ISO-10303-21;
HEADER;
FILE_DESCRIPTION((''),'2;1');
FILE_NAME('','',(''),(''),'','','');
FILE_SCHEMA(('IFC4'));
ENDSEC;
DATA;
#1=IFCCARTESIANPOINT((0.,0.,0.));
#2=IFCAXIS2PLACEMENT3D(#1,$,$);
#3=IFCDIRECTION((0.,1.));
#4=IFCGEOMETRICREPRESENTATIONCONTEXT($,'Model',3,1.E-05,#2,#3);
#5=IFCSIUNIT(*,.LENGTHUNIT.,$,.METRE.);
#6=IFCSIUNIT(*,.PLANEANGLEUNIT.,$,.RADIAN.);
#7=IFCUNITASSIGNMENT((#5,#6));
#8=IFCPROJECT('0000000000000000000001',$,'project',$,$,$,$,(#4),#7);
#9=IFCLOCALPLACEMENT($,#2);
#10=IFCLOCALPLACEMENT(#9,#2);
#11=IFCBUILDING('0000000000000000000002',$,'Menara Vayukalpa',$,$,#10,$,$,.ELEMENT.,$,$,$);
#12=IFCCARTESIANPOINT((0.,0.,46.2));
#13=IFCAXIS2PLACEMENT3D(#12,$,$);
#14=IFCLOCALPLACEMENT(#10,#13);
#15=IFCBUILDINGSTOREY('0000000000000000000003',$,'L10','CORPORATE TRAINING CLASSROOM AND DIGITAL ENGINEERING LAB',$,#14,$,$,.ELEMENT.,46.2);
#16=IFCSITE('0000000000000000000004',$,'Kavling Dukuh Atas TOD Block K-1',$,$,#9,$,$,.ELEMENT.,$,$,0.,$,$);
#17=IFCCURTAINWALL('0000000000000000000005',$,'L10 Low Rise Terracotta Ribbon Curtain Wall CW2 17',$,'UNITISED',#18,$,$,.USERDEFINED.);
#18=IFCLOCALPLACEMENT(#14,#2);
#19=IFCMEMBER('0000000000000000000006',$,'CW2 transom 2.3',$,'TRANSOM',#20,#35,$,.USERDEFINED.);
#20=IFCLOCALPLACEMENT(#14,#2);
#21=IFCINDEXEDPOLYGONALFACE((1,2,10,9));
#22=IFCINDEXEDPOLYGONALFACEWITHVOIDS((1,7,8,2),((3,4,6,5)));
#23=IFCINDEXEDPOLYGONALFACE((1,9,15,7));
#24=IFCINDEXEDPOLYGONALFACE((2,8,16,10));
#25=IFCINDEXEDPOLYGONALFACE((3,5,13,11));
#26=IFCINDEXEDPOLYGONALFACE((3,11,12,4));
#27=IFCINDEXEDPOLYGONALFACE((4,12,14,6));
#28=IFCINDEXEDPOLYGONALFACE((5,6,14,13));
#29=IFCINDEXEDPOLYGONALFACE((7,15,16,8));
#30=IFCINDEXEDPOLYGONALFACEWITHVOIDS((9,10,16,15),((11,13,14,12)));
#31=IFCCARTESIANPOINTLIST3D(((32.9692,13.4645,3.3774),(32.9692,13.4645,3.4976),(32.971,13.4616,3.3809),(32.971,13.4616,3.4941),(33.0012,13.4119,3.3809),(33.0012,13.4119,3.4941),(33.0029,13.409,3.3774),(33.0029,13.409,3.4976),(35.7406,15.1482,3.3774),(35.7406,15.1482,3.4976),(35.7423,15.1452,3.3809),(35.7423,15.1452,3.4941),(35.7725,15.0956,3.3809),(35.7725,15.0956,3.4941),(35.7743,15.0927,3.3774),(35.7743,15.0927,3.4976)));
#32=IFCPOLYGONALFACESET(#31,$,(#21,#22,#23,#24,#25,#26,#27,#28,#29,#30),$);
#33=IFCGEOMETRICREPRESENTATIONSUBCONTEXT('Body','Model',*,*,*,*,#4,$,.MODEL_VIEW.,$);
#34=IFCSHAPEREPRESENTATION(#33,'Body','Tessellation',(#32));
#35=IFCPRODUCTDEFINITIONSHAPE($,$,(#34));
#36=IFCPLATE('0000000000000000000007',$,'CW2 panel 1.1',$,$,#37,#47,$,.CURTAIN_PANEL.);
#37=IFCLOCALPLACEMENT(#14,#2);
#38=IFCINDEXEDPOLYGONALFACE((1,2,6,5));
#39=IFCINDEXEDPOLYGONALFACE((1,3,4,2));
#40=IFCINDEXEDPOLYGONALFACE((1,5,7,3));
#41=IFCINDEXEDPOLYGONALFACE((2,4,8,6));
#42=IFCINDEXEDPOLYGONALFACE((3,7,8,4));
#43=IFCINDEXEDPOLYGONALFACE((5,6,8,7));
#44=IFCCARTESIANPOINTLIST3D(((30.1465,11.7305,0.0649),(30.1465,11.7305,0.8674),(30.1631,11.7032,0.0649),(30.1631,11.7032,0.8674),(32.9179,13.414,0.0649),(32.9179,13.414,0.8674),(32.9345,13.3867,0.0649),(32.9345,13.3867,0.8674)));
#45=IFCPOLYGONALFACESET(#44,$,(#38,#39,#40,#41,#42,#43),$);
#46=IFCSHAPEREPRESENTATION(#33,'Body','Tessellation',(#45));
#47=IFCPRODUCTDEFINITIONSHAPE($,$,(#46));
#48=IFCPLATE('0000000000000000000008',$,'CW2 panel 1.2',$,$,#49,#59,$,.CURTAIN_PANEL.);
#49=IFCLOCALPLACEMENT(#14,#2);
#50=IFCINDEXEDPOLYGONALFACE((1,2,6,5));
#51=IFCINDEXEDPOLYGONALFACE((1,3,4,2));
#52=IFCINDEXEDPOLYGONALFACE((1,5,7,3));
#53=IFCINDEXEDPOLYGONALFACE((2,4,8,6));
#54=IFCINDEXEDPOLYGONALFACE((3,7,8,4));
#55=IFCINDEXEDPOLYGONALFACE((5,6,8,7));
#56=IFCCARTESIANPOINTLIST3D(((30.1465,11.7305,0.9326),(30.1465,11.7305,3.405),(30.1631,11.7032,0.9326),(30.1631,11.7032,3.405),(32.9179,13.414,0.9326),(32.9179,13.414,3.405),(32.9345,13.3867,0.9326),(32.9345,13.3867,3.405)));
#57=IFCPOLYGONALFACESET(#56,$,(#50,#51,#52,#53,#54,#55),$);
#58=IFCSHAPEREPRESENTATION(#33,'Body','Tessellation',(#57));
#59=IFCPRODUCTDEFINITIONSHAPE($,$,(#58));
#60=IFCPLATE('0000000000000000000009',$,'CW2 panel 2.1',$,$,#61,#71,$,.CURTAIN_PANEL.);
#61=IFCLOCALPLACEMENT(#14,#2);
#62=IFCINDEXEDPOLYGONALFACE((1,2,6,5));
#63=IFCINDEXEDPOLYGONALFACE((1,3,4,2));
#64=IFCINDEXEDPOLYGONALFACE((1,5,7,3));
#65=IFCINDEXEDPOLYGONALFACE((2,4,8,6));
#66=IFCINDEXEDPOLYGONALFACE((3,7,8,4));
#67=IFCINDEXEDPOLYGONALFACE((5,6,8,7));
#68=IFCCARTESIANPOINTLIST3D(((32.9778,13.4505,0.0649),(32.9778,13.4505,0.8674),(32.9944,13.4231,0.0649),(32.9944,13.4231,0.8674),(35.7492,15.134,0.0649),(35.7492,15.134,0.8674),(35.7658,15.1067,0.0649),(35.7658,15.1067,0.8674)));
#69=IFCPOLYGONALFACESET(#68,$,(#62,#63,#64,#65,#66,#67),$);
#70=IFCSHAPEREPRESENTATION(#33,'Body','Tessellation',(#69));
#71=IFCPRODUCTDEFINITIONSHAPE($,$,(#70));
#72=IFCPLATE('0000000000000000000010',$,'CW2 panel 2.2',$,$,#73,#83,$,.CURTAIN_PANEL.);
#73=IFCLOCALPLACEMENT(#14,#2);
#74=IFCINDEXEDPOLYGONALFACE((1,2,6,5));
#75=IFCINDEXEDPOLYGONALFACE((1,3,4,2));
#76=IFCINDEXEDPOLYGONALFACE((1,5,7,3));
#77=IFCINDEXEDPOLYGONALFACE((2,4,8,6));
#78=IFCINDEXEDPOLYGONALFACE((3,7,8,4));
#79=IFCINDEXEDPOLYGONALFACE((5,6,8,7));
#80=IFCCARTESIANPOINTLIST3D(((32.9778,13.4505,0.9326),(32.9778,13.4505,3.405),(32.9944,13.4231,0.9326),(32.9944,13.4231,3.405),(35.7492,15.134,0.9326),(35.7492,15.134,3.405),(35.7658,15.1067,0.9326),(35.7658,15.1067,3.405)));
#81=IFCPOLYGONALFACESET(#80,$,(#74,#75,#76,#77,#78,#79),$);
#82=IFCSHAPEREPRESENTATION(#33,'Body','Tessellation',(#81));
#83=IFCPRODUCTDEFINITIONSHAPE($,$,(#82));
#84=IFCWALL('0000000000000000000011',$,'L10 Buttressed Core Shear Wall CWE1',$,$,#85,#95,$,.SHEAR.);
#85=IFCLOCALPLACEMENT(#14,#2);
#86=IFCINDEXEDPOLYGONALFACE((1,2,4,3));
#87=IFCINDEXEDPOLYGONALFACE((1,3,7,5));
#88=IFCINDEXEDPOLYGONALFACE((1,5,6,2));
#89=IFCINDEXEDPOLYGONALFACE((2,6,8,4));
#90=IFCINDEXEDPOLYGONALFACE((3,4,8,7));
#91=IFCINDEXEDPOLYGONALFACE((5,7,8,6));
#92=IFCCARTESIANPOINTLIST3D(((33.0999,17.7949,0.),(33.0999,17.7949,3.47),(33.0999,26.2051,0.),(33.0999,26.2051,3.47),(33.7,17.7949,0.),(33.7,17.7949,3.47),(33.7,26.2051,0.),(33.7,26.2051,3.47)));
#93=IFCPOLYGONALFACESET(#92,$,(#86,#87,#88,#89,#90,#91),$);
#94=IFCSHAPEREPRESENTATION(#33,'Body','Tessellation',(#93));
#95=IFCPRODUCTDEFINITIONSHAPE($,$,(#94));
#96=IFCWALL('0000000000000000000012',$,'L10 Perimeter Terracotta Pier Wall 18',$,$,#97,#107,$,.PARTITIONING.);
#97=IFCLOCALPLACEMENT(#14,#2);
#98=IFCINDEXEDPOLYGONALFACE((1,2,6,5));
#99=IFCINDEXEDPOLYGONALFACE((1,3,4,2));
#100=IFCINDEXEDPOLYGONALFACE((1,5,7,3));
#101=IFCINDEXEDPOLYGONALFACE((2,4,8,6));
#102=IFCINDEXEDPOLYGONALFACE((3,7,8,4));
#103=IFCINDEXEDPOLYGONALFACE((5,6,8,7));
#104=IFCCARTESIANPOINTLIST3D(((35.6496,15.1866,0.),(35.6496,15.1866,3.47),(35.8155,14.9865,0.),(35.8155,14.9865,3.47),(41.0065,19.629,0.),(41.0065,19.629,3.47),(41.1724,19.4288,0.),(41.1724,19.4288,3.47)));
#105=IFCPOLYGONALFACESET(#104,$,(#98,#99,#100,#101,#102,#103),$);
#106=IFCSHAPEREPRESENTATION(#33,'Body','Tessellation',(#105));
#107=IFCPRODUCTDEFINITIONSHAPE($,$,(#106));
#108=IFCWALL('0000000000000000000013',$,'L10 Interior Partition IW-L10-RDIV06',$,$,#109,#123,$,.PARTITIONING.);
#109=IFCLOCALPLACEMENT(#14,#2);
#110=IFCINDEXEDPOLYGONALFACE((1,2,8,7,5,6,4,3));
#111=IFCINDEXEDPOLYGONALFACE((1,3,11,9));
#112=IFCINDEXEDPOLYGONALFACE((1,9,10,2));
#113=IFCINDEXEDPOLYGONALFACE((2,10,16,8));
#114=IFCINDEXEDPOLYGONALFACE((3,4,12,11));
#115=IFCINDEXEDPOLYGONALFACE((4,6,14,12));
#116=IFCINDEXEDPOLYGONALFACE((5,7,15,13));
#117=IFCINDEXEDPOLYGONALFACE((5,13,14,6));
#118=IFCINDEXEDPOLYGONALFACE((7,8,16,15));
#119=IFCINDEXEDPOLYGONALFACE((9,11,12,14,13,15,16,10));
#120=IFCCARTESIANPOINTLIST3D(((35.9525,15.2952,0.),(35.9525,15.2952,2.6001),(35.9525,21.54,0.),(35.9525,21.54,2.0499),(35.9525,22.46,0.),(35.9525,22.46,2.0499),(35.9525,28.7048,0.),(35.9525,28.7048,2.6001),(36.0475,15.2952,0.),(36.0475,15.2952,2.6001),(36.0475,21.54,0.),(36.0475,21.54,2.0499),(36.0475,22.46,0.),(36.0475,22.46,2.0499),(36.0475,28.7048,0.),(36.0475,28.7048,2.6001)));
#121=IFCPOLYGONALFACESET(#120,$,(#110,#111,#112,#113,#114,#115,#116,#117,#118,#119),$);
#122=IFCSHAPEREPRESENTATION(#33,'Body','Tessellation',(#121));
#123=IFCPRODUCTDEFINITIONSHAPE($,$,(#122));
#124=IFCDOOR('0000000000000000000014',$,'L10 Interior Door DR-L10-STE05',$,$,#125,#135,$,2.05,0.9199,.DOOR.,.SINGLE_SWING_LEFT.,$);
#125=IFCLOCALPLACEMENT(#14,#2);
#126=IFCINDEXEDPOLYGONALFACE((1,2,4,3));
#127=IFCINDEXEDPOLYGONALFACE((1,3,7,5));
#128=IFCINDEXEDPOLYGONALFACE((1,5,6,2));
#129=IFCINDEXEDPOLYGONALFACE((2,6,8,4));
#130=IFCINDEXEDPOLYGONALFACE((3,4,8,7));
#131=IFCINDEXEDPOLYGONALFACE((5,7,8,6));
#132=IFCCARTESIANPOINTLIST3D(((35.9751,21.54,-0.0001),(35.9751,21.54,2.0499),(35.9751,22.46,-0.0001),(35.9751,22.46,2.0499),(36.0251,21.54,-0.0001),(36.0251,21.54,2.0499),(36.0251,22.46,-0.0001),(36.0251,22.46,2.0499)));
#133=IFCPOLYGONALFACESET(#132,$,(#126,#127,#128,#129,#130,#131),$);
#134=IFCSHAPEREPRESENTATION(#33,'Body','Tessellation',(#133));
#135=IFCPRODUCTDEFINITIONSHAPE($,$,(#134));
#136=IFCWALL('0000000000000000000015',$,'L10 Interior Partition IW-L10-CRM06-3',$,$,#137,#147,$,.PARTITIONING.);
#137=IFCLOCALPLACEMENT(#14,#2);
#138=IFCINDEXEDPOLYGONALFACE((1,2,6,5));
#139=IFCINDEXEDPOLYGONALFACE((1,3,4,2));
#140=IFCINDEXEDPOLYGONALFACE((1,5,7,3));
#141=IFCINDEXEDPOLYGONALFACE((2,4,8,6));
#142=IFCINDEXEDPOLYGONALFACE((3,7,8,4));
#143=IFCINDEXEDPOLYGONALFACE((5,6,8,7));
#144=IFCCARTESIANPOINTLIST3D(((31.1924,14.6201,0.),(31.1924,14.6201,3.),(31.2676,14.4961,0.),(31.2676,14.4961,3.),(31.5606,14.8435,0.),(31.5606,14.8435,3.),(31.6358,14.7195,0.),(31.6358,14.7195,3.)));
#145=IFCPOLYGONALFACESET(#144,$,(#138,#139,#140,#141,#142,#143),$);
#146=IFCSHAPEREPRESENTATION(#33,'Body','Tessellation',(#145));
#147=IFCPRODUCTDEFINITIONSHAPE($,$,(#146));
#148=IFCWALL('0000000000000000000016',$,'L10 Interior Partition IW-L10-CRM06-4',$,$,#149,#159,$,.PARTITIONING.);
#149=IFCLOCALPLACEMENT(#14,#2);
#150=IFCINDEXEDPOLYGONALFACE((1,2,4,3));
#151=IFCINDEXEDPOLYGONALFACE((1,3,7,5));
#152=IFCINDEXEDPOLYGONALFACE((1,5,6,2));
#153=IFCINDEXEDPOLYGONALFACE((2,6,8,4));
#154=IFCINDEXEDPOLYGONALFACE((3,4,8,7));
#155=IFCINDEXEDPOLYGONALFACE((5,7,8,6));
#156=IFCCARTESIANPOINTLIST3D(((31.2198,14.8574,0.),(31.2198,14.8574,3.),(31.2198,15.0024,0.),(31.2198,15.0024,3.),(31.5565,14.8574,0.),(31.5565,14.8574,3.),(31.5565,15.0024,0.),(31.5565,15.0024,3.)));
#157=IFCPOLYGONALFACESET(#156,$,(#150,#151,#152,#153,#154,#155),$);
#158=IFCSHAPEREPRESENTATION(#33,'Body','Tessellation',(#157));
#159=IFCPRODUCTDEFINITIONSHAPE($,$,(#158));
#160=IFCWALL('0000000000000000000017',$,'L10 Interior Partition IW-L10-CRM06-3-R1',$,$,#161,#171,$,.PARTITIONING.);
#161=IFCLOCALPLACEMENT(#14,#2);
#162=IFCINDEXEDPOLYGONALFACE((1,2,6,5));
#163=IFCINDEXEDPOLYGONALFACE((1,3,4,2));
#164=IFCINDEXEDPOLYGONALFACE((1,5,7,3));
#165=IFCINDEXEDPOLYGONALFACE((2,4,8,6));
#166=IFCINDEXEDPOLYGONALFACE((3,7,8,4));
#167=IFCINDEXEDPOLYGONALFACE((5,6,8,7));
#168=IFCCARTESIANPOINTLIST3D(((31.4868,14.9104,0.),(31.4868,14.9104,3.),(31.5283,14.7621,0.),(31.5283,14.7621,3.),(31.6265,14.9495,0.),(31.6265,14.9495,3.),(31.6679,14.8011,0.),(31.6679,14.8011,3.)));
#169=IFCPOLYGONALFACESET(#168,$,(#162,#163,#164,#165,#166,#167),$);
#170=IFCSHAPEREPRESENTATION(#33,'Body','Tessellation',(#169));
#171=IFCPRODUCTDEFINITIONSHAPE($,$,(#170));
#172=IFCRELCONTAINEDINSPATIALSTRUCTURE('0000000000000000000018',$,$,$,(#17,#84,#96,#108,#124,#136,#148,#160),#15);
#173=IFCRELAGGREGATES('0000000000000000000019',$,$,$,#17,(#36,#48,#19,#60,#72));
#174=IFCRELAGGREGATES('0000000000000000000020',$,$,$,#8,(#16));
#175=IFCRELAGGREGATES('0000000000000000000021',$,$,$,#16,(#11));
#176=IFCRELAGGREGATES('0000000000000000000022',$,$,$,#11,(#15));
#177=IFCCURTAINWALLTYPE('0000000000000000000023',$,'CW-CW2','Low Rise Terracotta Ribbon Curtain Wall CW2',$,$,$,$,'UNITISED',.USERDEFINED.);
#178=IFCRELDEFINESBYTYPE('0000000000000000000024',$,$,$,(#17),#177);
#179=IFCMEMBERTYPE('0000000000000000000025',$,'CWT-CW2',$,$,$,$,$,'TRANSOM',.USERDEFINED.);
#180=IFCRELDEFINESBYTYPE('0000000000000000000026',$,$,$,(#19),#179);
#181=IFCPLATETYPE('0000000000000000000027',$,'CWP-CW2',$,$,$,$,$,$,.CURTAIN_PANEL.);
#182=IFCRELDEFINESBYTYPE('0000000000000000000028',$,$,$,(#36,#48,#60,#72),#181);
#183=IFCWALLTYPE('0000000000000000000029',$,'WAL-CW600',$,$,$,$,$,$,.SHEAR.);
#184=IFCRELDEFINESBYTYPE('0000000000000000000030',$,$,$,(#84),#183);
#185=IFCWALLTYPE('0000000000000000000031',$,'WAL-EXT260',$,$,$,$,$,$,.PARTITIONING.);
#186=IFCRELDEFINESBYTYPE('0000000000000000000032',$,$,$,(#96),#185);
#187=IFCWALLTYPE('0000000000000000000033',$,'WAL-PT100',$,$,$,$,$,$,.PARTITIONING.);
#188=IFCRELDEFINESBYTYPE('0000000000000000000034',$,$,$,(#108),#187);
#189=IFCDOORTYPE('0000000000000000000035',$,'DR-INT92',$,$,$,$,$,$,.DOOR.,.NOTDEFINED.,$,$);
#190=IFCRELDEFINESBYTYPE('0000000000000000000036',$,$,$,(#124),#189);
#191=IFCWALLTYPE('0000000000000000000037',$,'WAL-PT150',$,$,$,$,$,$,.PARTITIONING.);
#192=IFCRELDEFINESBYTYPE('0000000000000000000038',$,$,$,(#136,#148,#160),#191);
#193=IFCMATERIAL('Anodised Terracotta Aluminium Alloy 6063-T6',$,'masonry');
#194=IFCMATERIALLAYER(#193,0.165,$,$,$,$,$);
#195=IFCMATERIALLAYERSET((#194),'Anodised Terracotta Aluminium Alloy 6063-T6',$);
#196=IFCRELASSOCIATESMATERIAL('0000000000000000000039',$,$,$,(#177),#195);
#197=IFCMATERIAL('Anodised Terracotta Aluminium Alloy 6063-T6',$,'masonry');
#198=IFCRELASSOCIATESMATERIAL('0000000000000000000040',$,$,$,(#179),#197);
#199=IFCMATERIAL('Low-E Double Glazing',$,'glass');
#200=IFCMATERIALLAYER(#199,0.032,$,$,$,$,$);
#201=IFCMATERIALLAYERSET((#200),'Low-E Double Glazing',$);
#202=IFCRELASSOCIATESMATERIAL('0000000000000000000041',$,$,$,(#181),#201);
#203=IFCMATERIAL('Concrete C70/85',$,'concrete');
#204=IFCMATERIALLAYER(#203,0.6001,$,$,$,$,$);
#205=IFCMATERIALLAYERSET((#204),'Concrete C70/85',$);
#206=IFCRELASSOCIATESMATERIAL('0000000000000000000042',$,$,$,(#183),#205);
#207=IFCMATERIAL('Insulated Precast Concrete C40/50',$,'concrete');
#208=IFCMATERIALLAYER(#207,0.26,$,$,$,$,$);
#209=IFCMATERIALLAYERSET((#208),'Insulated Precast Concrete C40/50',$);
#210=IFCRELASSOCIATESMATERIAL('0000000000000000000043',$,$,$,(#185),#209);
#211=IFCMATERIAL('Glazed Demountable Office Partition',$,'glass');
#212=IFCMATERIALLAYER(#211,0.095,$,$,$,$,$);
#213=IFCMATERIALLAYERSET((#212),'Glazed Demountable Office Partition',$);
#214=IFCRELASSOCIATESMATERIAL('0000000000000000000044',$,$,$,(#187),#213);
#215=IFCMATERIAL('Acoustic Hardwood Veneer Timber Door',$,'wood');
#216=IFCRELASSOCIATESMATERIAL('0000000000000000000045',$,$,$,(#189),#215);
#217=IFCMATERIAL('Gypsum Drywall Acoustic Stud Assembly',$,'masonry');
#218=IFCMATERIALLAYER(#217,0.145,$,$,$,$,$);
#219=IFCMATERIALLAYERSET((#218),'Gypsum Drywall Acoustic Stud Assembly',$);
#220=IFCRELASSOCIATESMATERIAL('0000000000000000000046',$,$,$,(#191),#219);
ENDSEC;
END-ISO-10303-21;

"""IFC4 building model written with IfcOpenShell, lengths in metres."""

from ifc_helpers import new_model, si_unit, direction, frame, frame_2d, origin, origin_2d, place, context, subcontext, project, spatial, rectangle, hollow_rectangle, extrude, material, layer, layer_set, material_profile, profile_set, type_object, element, fill, aggregate, save


model = new_model("IFC4")

# Units and contexts
model_context = context("Model", 3, precision=1e-05, world=origin(), true_north=direction((0.0, 1.0)))
body_context = subcontext(model_context, "Body", "Model", "MODEL_VIEW")
ifc_project = project(units=[si_unit("LENGTHUNIT", "METRE"), si_unit("PLANEANGLEUNIT", "RADIAN")], contexts=[model_context])

# Site, building, storey
site_placement = place(None, origin())
site = spatial("IfcSite", under=ifc_project, at=site_placement, Name="Kavling Dukuh Atas TOD Block K-1", CompositionType="ELEMENT", RefElevation=0.0)
building_placement = place(site_placement, origin())
building = spatial("IfcBuilding", under=site, at=building_placement, Name="Menara Vayukalpa", CompositionType="ELEMENT")
storey_placement = place(building_placement, frame((0.0, 0.0, 46.2)))
storey = spatial("IfcBuildingStorey", under=building, at=storey_placement, Name="L10", Description="CORPORATE TRAINING CLASSROOM AND DIGITAL ENGINEERING LAB", CompositionType="ELEMENT", Elevation=46.2)

# Curtain wall, member, plates
ifc_material_1 = material(Name="Anodised Terracotta Aluminium Alloy 6063-T6", Category="masonry")
ifc_layer_1 = layer(ifc_material_1, 0.165)
ifc_layer_set_1 = layer_set([ifc_layer_1], Name="Anodised Terracotta Aluminium Alloy 6063-T6")
curtain_wall_type = type_object("IfcCurtainWallType", Name="CW-CW2", Description="Low Rise Terracotta Ribbon Curtain Wall CW2", ElementType="UNITISED", PredefinedType="USERDEFINED", material=ifc_layer_set_1)
curtain_wall_placement = place(storey_placement, origin())
curtain_wall = element("IfcCurtainWall", 1, at=curtain_wall_placement, inside=storey, type_object=curtain_wall_type, Name="L10 Low Rise Terracotta Ribbon Curtain Wall CW2 17", ObjectType="UNITISED", PredefinedType="USERDEFINED")
ifc_material_2 = material(Name="Anodised Terracotta Aluminium Alloy 6063-T6", Category="masonry")
ifc_material_profile_1 = material_profile(ifc_material_2, hollow_rectangle(XDim=0.0649, YDim=0.1201, WallThickness=0.0034, at=origin_2d()), Name="ALU 65x120x3.5")
ifc_profile_set_1 = profile_set([ifc_material_profile_1], Name="Anodised Terracotta Aluminium Alloy 6063-T6")
member_type_1 = type_object("IfcMemberType", Name="CWT-CW2", ElementType="TRANSOM", PredefinedType="USERDEFINED", material=ifc_profile_set_1)
member_1_placement = place(storey_placement, frame((32.9861, 13.4368, 3.4375), z_axis=(0.854643, 0.519216, 0.0), x_axis=(-0.519216, 0.854643, 0.0)))
member_1 = element("IfcMember", 2, at=member_1_placement, type_object=member_type_1, Name="CW2 transom 2.3", ObjectType="TRANSOM", PredefinedType="USERDEFINED", context=body_context, shape_type="SweptSolid", body=[
    extrude(hollow_rectangle(XDim=0.0649, YDim=0.1201, WallThickness=0.0034, at=origin_2d()), origin(), (0.0, 0.0, 1.0), 3.2427),
])
ifc_material_3 = material(Name="Low-E Double Glazing", Category="glass")
ifc_layer_2 = layer(ifc_material_3, 0.032)
ifc_layer_set_2 = layer_set([ifc_layer_2], Name="Low-E Double Glazing")
plate_type = type_object("IfcPlateType", Name="CWP-CW2", PredefinedType="CURTAIN_PANEL", material=ifc_layer_set_2)
plate_1_placement = place(storey_placement, frame((31.5405, 12.5586, 0.0649), z_axis=(0.0, 0.0, 1.0), x_axis=(0.854664, 0.519182, 0.0)))
plate_1 = element("IfcPlate", 3, at=plate_1_placement, type_object=plate_type, Name="CW2 panel 1.1", PredefinedType="CURTAIN_PANEL", context=body_context, shape_type="SweptSolid", body=[
    extrude(rectangle(XDim=3.2427, YDim=0.032, at=origin_2d()), origin(), (0.0, 0.0, 1.0), 0.8025),
])
plate_2_placement = place(storey_placement, frame((31.5405, 12.5586, 0.9326), z_axis=(0.0, 0.0, 1.0), x_axis=(0.854664, 0.519182, 0.0)))
plate_2 = element("IfcPlate", 4, at=plate_2_placement, type_object=plate_type, Name="CW2 panel 1.2", PredefinedType="CURTAIN_PANEL", context=body_context, shape_type="SweptSolid", body=[
    extrude(rectangle(XDim=3.2427, YDim=0.032, at=origin_2d()), origin(), (0.0, 0.0, 1.0), 2.4724),
])
plate_3_placement = place(storey_placement, frame((34.3718, 14.2786, 0.0649), z_axis=(0.0, 0.0, 1.0), x_axis=(0.854664, 0.519182, 0.0)))
plate_3 = element("IfcPlate", 5, at=plate_3_placement, type_object=plate_type, Name="CW2 panel 2.1", PredefinedType="CURTAIN_PANEL", context=body_context, shape_type="SweptSolid", body=[
    extrude(rectangle(XDim=3.2427, YDim=0.032, at=origin_2d()), origin(), (0.0, 0.0, 1.0), 0.8025),
])
plate_4_placement = place(storey_placement, frame((34.3718, 14.2786, 0.9326), z_axis=(0.0, 0.0, 1.0), x_axis=(0.854664, 0.519182, 0.0)))
plate_4 = element("IfcPlate", 6, at=plate_4_placement, type_object=plate_type, Name="CW2 panel 2.2", PredefinedType="CURTAIN_PANEL", context=body_context, shape_type="SweptSolid", body=[
    extrude(rectangle(XDim=3.2427, YDim=0.032, at=origin_2d()), origin(), (0.0, 0.0, 1.0), 2.4724),
])
aggregate(curtain_wall, [plate_1, plate_2, member_1, plate_3, plate_4])

# Walls
ifc_material_4 = material(Name="Concrete C70/85", Category="concrete")
ifc_layer_3 = layer(ifc_material_4, 0.6001)
ifc_layer_set_3 = layer_set([ifc_layer_3], Name="Concrete C70/85")
wall_type_1 = type_object("IfcWallType", Name="WAL-CW600", PredefinedType="SHEAR", material=ifc_layer_set_3)
wall_1_placement = place(storey_placement, frame((33.3999, 17.7949, 0.0), z_axis=(0.0, 0.0, 1.0), x_axis=(0.0, 1.0, 0.0)))
element("IfcWall", 7, at=wall_1_placement, inside=storey, type_object=wall_type_1, Name="L10 Buttressed Core Shear Wall CWE1", PredefinedType="SHEAR", context=body_context, shape_type="SweptSolid", body=[
    extrude(rectangle(XDim=8.4102, YDim=0.6001, at=frame_2d((4.2051, 0.0))), origin(), (0.0, 0.0, 1.0), 3.47),
])
ifc_material_5 = material(Name="Insulated Precast Concrete C40/50", Category="concrete")
ifc_layer_4 = layer(ifc_material_5, 0.26)
ifc_layer_set_4 = layer_set([ifc_layer_4], Name="Insulated Precast Concrete C40/50")
wall_type_2 = type_object("IfcWallType", Name="WAL-EXT260", PredefinedType="PARTITIONING", material=ifc_layer_set_4)
wall_2_placement = place(storey_placement, frame((41.0894, 19.5288, 0.0), z_axis=(0.0, 0.0, 1.0), x_axis=(-0.769755, -0.63834, 0.0)))
element("IfcWall", 8, at=wall_2_placement, inside=storey, type_object=wall_type_2, Name="L10 Perimeter Terracotta Pier Wall 18", PredefinedType="PARTITIONING", context=body_context, shape_type="SweptSolid", body=[
    extrude(rectangle(XDim=6.9592, YDim=0.26, at=frame_2d((3.4795, 0.0))), origin(), (0.0, 0.0, 1.0), 3.47),
])

# Wall, opening, door
ifc_material_6 = material(Name="Glazed Demountable Office Partition", Category="glass")
ifc_layer_5 = layer(ifc_material_6, 0.095)
ifc_layer_set_5 = layer_set([ifc_layer_5], Name="Glazed Demountable Office Partition")
wall_type_3 = type_object("IfcWallType", Name="WAL-PT100", PredefinedType="PARTITIONING", material=ifc_layer_set_5)
wall_3_placement = place(storey_placement, frame((36.0, 15.2952, 0.0), z_axis=(0.0, 0.0, 1.0), x_axis=(0.0, 1.0, 0.0)))
wall_3 = element("IfcWall", 9, at=wall_3_placement, inside=storey, type_object=wall_type_3, Name="L10 Interior Partition IW-L10-RDIV06", PredefinedType="PARTITIONING", context=body_context, shape_type="SweptSolid", body=[
    extrude(rectangle(XDim=13.4097, YDim=0.095, at=frame_2d((6.7048, 0.0))), origin(), (0.0, 0.0, 1.0), 2.6001),
])
opening_placement = place(wall_3_placement, frame((6.2449, 0.0, 0.0)))
opening = element("IfcOpeningElement", 10, at=opening_placement, cuts=wall_3, PredefinedType="OPENING", context=body_context, shape_type="SweptSolid", body=[
    extrude(rectangle(XDim=0.9199, YDim=2.05, at=frame_2d((0.46, 1.0249))), frame((0.0, 0.0574, 0.0), z_axis=(0.0, -1.0, 0.0), x_axis=(1.0, 0.0, 0.0)), (0.0, 0.0, 1.0), 0.115),
])
ifc_material_7 = material(Name="Acoustic Hardwood Veneer Timber Door", Category="wood")
door_type = type_object("IfcDoorType", Name="DR-INT92", OperationType="NOTDEFINED", PredefinedType="DOOR", material=ifc_material_7)
door_placement = place(opening_placement, origin())
door = element("IfcDoor", 11, at=door_placement, inside=storey, type_object=door_type, Name="L10 Interior Door DR-L10-STE05", OperationType="SINGLE_SWING_LEFT", OverallHeight=2.05, OverallWidth=0.9199, PredefinedType="DOOR", context=body_context, shape_type="SweptSolid", body=[
    extrude(rectangle(XDim=0.9199, YDim=2.05, at=frame_2d((0.46, 1.0249))), frame((0.0, 0.0249, 0.0), z_axis=(0.0, -1.0, 0.0), x_axis=(1.0, 0.0, 0.0)), (0.0, 0.0, 1.0), 0.05),
])
fill(opening, door)

# Walls
ifc_material_8 = material(Name="Gypsum Drywall Acoustic Stud Assembly", Category="masonry")
ifc_layer_6 = layer(ifc_material_8, 0.145)
ifc_layer_set_6 = layer_set([ifc_layer_6], Name="Gypsum Drywall Acoustic Stud Assembly")
wall_type_4 = type_object("IfcWallType", Name="WAL-PT150", PredefinedType="PARTITIONING", material=ifc_layer_set_6)
wall_4_placement = place(storey_placement, frame((31.23, 14.5581, 0.0), z_axis=(0.0, 0.0, 1.0), x_axis=(0.854931, 0.518741, 0.0)))
element("IfcWall", 12, at=wall_4_placement, inside=storey, type_object=wall_type_4, Name="L10 Interior Partition IW-L10-CRM06-3", PredefinedType="PARTITIONING", context=body_context, shape_type="SweptSolid", body=[
    extrude(rectangle(XDim=0.4307, YDim=0.145, at=frame_2d((0.2153, 0.0))), origin(), (0.0, 0.0, 1.0), 3.0),
])
wall_5_placement = place(storey_placement, frame((31.5566, 14.9299, 0.0), z_axis=(0.0, 0.0, 1.0), x_axis=(-1.0, 0.0, 0.0)))
element("IfcWall", 13, at=wall_5_placement, inside=storey, type_object=wall_type_4, Name="L10 Interior Partition IW-L10-CRM06-4", PredefinedType="PARTITIONING", context=body_context, shape_type="SweptSolid", body=[
    extrude(rectangle(XDim=0.3367, YDim=0.145, at=frame_2d((0.1685, 0.0))), origin(), (0.0, 0.0, 1.0), 3.0),
])
wall_6_placement = place(storey_placement, frame((31.5981, 14.7815, 0.0), z_axis=(0.0, 0.0, 1.0), x_axis=(-0.269277, 0.963063, 0.0)))
element("IfcWall", 14, at=wall_6_placement, inside=storey, type_object=wall_type_4, Name="L10 Interior Partition IW-L10-CRM06-3-R1", PredefinedType="PARTITIONING", context=body_context, shape_type="SweptSolid", body=[
    extrude(rectangle(XDim=0.1541, YDim=0.145, at=frame_2d((0.0771, 0.0))), origin(), (0.0, 0.0, 1.0), 3.0),
])

save(model, "model.ifc")
